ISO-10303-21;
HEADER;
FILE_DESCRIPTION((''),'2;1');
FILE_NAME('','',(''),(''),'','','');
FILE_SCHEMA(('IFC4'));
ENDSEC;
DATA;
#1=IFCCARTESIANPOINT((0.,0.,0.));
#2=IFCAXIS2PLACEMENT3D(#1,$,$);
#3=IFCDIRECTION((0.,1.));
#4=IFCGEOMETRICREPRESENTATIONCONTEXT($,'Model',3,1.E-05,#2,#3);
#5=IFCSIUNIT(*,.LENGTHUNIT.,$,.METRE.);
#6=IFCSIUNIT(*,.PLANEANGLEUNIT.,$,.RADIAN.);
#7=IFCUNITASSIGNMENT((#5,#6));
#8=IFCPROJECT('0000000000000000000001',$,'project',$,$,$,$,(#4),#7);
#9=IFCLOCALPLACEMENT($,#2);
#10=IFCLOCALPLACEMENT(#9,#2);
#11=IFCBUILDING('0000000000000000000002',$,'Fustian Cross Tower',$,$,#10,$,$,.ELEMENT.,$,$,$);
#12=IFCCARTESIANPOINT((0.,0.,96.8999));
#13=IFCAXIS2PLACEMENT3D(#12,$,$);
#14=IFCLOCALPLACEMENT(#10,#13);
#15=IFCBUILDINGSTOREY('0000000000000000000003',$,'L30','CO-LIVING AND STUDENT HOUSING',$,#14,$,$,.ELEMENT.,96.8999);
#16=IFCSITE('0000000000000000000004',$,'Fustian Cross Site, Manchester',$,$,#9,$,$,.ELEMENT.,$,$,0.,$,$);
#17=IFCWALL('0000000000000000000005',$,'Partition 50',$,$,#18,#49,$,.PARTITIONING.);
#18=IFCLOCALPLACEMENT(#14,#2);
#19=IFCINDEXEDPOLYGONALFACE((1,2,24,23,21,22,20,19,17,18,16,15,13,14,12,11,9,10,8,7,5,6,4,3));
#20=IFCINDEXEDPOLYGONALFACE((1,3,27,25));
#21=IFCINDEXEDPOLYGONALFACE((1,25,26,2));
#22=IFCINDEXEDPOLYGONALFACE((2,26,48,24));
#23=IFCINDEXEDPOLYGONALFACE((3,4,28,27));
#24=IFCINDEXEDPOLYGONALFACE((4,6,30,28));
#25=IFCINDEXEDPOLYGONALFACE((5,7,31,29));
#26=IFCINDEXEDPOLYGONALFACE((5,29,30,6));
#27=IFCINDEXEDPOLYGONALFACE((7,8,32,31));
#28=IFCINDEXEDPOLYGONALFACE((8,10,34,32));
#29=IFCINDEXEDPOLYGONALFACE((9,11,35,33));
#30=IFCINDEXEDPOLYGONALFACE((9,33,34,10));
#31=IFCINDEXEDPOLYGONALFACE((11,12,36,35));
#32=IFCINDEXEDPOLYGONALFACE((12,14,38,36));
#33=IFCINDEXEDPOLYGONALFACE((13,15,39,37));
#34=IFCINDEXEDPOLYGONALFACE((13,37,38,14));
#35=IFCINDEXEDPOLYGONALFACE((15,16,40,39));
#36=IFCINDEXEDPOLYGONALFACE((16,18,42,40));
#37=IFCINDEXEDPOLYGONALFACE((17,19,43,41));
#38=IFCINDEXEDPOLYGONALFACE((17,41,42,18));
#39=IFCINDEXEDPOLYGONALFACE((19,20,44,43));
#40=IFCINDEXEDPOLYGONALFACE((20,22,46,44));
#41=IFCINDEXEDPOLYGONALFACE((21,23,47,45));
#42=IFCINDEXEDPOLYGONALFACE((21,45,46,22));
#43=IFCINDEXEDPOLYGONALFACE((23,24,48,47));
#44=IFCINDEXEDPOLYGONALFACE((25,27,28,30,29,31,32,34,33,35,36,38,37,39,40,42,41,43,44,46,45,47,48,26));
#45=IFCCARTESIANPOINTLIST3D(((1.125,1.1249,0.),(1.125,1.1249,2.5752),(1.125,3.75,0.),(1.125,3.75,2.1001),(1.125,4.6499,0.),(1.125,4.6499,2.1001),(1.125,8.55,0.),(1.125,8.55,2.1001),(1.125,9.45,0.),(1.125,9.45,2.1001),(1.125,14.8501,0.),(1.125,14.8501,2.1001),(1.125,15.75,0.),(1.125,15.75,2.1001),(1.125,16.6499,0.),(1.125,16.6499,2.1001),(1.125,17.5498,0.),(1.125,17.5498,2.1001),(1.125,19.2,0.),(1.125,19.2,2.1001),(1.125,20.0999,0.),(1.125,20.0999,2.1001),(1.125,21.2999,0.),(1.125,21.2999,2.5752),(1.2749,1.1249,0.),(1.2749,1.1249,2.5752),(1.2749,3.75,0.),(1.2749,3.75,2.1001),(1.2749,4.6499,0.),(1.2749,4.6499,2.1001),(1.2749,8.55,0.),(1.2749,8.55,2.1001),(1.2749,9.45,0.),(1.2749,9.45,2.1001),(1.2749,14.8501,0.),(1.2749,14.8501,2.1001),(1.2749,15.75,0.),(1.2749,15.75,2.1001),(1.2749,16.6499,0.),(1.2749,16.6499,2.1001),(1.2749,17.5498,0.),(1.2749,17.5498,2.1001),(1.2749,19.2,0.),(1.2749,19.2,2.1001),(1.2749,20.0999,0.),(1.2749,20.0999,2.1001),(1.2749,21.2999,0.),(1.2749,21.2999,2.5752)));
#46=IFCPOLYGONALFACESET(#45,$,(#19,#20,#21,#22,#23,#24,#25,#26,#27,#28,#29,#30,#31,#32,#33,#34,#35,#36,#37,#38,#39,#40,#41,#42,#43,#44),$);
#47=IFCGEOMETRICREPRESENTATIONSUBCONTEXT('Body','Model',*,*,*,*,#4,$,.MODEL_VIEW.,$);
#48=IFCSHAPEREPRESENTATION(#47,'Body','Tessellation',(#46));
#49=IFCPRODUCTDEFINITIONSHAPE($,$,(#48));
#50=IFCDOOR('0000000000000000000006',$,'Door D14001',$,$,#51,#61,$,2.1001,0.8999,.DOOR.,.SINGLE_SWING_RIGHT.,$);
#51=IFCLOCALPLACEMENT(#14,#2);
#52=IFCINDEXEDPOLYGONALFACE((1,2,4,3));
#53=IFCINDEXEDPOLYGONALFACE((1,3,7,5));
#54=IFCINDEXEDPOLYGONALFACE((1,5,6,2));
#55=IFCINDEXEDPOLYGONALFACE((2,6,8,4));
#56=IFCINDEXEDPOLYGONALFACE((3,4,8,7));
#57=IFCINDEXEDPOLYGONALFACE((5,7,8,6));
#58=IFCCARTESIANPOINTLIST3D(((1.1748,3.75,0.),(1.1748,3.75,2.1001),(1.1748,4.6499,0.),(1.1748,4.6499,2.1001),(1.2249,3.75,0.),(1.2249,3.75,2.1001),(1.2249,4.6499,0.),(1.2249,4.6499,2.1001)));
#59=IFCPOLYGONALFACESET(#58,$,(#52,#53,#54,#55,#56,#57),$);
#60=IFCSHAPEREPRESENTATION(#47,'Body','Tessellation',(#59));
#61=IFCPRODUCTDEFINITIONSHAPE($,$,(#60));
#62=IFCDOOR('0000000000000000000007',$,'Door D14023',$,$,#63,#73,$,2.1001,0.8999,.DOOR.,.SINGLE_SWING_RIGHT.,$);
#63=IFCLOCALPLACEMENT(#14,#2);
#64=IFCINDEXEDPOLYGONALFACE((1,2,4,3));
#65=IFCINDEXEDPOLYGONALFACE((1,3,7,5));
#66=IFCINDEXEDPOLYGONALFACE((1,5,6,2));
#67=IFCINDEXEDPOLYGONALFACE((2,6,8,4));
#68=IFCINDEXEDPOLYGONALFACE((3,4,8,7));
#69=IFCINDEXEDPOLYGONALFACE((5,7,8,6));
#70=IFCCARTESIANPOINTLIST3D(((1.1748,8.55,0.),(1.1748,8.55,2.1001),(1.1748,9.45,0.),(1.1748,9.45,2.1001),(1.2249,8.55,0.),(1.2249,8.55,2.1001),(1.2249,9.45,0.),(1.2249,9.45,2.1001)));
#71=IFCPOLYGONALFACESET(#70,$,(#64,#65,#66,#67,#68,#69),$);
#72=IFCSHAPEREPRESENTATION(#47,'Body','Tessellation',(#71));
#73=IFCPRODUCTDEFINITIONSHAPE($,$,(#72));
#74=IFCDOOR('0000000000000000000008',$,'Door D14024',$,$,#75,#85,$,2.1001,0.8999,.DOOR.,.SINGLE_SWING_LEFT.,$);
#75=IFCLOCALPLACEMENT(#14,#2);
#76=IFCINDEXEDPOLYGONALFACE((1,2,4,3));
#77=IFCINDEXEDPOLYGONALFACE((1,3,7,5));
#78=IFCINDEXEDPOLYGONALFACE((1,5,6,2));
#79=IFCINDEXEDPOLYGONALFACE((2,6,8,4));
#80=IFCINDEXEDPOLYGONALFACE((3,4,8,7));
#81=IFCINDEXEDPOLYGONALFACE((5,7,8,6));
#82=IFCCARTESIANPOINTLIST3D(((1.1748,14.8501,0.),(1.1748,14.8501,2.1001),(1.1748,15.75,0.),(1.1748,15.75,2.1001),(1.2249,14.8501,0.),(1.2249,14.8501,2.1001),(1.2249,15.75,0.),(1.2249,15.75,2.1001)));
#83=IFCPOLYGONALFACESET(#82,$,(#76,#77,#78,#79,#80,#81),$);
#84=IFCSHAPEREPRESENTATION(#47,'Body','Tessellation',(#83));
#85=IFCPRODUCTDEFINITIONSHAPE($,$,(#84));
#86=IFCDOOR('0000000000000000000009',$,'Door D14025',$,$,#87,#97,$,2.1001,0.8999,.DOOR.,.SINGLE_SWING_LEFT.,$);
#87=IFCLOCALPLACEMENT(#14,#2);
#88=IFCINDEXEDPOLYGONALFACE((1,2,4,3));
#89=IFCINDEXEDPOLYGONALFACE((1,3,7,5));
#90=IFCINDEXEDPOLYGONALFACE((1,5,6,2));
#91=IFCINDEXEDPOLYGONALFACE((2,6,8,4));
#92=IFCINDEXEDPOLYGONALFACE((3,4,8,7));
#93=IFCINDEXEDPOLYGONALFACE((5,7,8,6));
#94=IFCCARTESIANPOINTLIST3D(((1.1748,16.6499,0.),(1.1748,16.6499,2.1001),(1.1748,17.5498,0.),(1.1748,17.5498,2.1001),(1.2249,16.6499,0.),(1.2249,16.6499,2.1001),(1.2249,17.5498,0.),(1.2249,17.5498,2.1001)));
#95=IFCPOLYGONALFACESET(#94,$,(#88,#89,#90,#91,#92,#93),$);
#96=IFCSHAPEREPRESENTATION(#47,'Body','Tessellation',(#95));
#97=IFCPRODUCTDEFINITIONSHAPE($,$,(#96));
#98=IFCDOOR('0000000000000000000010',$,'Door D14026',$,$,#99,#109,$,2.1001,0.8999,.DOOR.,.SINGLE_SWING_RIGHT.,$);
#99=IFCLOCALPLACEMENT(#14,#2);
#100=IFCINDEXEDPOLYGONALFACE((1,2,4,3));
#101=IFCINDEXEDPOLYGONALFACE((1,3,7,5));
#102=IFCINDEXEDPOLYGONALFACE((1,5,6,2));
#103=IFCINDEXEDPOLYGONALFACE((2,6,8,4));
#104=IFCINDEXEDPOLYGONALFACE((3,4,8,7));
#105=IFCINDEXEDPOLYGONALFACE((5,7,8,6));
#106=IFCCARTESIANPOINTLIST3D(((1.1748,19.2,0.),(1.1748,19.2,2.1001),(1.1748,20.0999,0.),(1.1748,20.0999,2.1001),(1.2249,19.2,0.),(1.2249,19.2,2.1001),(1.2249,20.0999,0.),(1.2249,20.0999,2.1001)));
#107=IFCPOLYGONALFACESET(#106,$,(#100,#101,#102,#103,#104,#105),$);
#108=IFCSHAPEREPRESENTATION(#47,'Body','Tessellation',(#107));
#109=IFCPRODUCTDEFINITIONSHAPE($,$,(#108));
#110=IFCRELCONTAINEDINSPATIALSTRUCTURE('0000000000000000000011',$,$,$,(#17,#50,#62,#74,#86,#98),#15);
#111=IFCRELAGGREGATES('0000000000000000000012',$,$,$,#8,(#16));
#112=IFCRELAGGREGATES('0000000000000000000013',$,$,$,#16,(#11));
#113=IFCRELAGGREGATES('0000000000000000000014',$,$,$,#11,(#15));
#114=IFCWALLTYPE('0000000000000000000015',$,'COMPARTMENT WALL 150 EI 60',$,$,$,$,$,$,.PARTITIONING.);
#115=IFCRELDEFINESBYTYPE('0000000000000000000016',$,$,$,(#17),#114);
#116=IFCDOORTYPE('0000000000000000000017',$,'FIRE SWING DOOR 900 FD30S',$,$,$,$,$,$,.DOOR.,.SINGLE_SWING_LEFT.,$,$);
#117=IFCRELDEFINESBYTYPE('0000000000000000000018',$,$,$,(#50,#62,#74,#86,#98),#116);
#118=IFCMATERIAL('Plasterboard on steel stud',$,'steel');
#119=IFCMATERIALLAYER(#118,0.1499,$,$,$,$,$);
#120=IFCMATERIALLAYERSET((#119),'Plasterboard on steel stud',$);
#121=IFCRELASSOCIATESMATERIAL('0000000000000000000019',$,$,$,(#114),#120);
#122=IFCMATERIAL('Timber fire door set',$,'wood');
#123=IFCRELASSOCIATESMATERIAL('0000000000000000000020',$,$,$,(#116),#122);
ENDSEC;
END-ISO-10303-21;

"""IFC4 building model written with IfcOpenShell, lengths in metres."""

from ifc_helpers import new_model, si_unit, direction, frame, frame_2d, origin, place, context, subcontext, project, spatial, rectangle, extrude, material, layer, layer_set, type_object, element, fill, save


model = new_model("IFC4")

# Units and contexts
model_context = context("Model", 3, precision=1e-05, world=origin(), true_north=direction((0.0, 1.0)))
body_context = subcontext(model_context, "Body", "Model", "MODEL_VIEW")
ifc_project = project(units=[si_unit("LENGTHUNIT", "METRE"), si_unit("PLANEANGLEUNIT", "RADIAN")], contexts=[model_context])

# Site, building, storey
site_placement = place(None, origin())
site = spatial("IfcSite", under=ifc_project, at=site_placement, Name="Fustian Cross Site, Manchester", CompositionType="ELEMENT", RefElevation=0.0)
building_placement = place(site_placement, origin())
building = spatial("IfcBuilding", under=site, at=building_placement, Name="Fustian Cross Tower", CompositionType="ELEMENT")
storey_placement = place(building_placement, frame((0.0, 0.0, 96.8999)))
storey = spatial("IfcBuildingStorey", under=building, at=storey_placement, Name="L30", Description="CO-LIVING AND STUDENT HOUSING", CompositionType="ELEMENT", Elevation=96.8999)

# Shared definitions
ifc_material_1 = material(Name="Plasterboard on steel stud", Category="steel")
ifc_layer_1 = layer(ifc_material_1, 0.1499)
ifc_layer_set_1 = layer_set([ifc_layer_1], Name="Plasterboard on steel stud")
wall_type_1 = type_object("IfcWallType", Name="COMPARTMENT WALL 150 EI 60", PredefinedType="PARTITIONING", material=ifc_layer_set_1)
ifc_material_2 = material(Name="Timber fire door set", Category="wood")
door_type_1 = type_object("IfcDoorType", Name="FIRE SWING DOOR 900 FD30S", OperationType="SINGLE_SWING_LEFT", PredefinedType="DOOR", material=ifc_material_2)

# Wall, openings, doors
wall_1_placement = place(storey_placement, frame((1.2, 1.125, 0.0), z_axis=(0.0, 0.0, 1.0), x_axis=(0.0, 1.0, 0.0)))
wall_1 = element("IfcWall", 1, at=wall_1_placement, inside=storey, type_object=wall_type_1, Name="Partition 50", PredefinedType="PARTITIONING", context=body_context, shape_type="SweptSolid", body=[
    extrude(rectangle(XDim=20.175, YDim=0.1499, at=frame_2d((10.0874, 0.0))), origin(), (0.0, 0.0, 1.0), 2.5752),
])
opening_1_placement = place(wall_1_placement, frame((2.625, 0.0, 0.0)))
opening_1 = element("IfcOpeningElement", 2, at=opening_1_placement, cuts=wall_1, PredefinedType="OPENING", context=body_context, shape_type="SweptSolid", body=[
    extrude(rectangle(XDim=0.8999, YDim=2.1001, at=frame_2d((0.45, 1.05))), frame((0.0, 0.085, 0.0), z_axis=(0.0, -1.0, 0.0), x_axis=(1.0, 0.0, 0.0)), (0.0, 0.0, 1.0), 0.1699),
])
opening_2_placement = place(wall_1_placement, frame((7.425, 0.0, 0.0)))
opening_2 = element("IfcOpeningElement", 3, at=opening_2_placement, cuts=wall_1, PredefinedType="OPENING", context=body_context, shape_type="SweptSolid", body=[
    extrude(rectangle(XDim=0.8999, YDim=2.1001, at=frame_2d((0.45, 1.05))), frame((0.0, 0.085, 0.0), z_axis=(0.0, -1.0, 0.0), x_axis=(1.0, 0.0, 0.0)), (0.0, 0.0, 1.0), 0.1699),
])
opening_3_placement = place(wall_1_placement, frame((13.7251, 0.0, 0.0)))
opening_3 = element("IfcOpeningElement", 4, at=opening_3_placement, cuts=wall_1, PredefinedType="OPENING", context=body_context, shape_type="SweptSolid", body=[
    extrude(rectangle(XDim=0.8999, YDim=2.1001, at=frame_2d((0.45, 1.05))), frame((0.0, 0.085, 0.0), z_axis=(0.0, -1.0, 0.0), x_axis=(1.0, 0.0, 0.0)), (0.0, 0.0, 1.0), 0.1699),
])
opening_4_placement = place(wall_1_placement, frame((15.5249, 0.0, 0.0)))
opening_4 = element("IfcOpeningElement", 5, at=opening_4_placement, cuts=wall_1, PredefinedType="OPENING", context=body_context, shape_type="SweptSolid", body=[
    extrude(rectangle(XDim=0.8999, YDim=2.1001, at=frame_2d((0.45, 1.05))), frame((0.0, 0.085, 0.0), z_axis=(0.0, -1.0, 0.0), x_axis=(1.0, 0.0, 0.0)), (0.0, 0.0, 1.0), 0.1699),
])
opening_5_placement = place(wall_1_placement, frame((18.075, 0.0, 0.0)))
opening_5 = element("IfcOpeningElement", 6, at=opening_5_placement, cuts=wall_1, PredefinedType="OPENING", context=body_context, shape_type="SweptSolid", body=[
    extrude(rectangle(XDim=0.8999, YDim=2.1001, at=frame_2d((0.45, 1.05))), frame((0.0, 0.085, 0.0), z_axis=(0.0, -1.0, 0.0), x_axis=(1.0, 0.0, 0.0)), (0.0, 0.0, 1.0), 0.1699),
])
door_1_placement = place(opening_1_placement, frame((0.8999, 0.0, 0.0), z_axis=(0.0, 0.0, 1.0), x_axis=(-1.0, 0.0, 0.0)))
door_1 = element("IfcDoor", 7, at=door_1_placement, inside=storey, type_object=door_type_1, Name="Door D14001", OperationType="SINGLE_SWING_RIGHT", OverallHeight=2.1001, OverallWidth=0.8999, PredefinedType="DOOR", context=body_context, shape_type="SweptSolid", body=[
    extrude(rectangle(XDim=0.8999, YDim=2.1001, at=frame_2d((0.45, 1.05))), frame((0.0, 0.0249, 0.0), z_axis=(0.0, -1.0, 0.0), x_axis=(1.0, 0.0, 0.0)), (0.0, 0.0, 1.0), 0.05),
])
fill(opening_1, door_1)
door_2_placement = place(opening_2_placement, frame((0.8999, 0.0, 0.0), z_axis=(0.0, 0.0, 1.0), x_axis=(-1.0, 0.0, 0.0)))
door_2 = element("IfcDoor", 8, at=door_2_placement, inside=storey, type_object=door_type_1, Name="Door D14023", OperationType="SINGLE_SWING_RIGHT", OverallHeight=2.1001, OverallWidth=0.8999, PredefinedType="DOOR", context=body_context, shape_type="SweptSolid", body=[
    extrude(rectangle(XDim=0.8999, YDim=2.1001, at=frame_2d((0.45, 1.05))), frame((0.0, 0.0249, 0.0), z_axis=(0.0, -1.0, 0.0), x_axis=(1.0, 0.0, 0.0)), (0.0, 0.0, 1.0), 0.05),
])
fill(opening_2, door_2)
door_3_placement = place(opening_3_placement, frame((0.8999, 0.0, 0.0), z_axis=(0.0, 0.0, 1.0), x_axis=(-1.0, 0.0, 0.0)))
door_3 = element("IfcDoor", 9, at=door_3_placement, inside=storey, type_object=door_type_1, Name="Door D14024", OperationType="SINGLE_SWING_LEFT", OverallHeight=2.1001, OverallWidth=0.8999, PredefinedType="DOOR", context=body_context, shape_type="SweptSolid", body=[
    extrude(rectangle(XDim=0.8999, YDim=2.1001, at=frame_2d((0.45, 1.05))), frame((0.0, 0.0249, 0.0), z_axis=(0.0, -1.0, 0.0), x_axis=(1.0, 0.0, 0.0)), (0.0, 0.0, 1.0), 0.05),
])
fill(opening_3, door_3)
door_4_placement = place(opening_4_placement, frame((0.8999, 0.0, 0.0), z_axis=(0.0, 0.0, 1.0), x_axis=(-1.0, 0.0, 0.0)))
door_4 = element("IfcDoor", 10, at=door_4_placement, inside=storey, type_object=door_type_1, Name="Door D14025", OperationType="SINGLE_SWING_LEFT", OverallHeight=2.1001, OverallWidth=0.8999, PredefinedType="DOOR", context=body_context, shape_type="SweptSolid", body=[
    extrude(rectangle(XDim=0.8999, YDim=2.1001, at=frame_2d((0.45, 1.05))), frame((0.0, 0.0249, 0.0), z_axis=(0.0, -1.0, 0.0), x_axis=(1.0, 0.0, 0.0)), (0.0, 0.0, 1.0), 0.05),
])
fill(opening_4, door_4)
door_5_placement = place(opening_5_placement, frame((0.8999, 0.0, 0.0), z_axis=(0.0, 0.0, 1.0), x_axis=(-1.0, 0.0, 0.0)))
door_5 = element("IfcDoor", 11, at=door_5_placement, inside=storey, type_object=door_type_1, Name="Door D14026", OperationType="SINGLE_SWING_RIGHT", OverallHeight=2.1001, OverallWidth=0.8999, PredefinedType="DOOR", context=body_context, shape_type="SweptSolid", body=[
    extrude(rectangle(XDim=0.8999, YDim=2.1001, at=frame_2d((0.45, 1.05))), frame((0.0, 0.0249, 0.0), z_axis=(0.0, -1.0, 0.0), x_axis=(1.0, 0.0, 0.0)), (0.0, 0.0, 1.0), 0.05),
])
fill(opening_5, door_5)

save(model, "model.ifc")
